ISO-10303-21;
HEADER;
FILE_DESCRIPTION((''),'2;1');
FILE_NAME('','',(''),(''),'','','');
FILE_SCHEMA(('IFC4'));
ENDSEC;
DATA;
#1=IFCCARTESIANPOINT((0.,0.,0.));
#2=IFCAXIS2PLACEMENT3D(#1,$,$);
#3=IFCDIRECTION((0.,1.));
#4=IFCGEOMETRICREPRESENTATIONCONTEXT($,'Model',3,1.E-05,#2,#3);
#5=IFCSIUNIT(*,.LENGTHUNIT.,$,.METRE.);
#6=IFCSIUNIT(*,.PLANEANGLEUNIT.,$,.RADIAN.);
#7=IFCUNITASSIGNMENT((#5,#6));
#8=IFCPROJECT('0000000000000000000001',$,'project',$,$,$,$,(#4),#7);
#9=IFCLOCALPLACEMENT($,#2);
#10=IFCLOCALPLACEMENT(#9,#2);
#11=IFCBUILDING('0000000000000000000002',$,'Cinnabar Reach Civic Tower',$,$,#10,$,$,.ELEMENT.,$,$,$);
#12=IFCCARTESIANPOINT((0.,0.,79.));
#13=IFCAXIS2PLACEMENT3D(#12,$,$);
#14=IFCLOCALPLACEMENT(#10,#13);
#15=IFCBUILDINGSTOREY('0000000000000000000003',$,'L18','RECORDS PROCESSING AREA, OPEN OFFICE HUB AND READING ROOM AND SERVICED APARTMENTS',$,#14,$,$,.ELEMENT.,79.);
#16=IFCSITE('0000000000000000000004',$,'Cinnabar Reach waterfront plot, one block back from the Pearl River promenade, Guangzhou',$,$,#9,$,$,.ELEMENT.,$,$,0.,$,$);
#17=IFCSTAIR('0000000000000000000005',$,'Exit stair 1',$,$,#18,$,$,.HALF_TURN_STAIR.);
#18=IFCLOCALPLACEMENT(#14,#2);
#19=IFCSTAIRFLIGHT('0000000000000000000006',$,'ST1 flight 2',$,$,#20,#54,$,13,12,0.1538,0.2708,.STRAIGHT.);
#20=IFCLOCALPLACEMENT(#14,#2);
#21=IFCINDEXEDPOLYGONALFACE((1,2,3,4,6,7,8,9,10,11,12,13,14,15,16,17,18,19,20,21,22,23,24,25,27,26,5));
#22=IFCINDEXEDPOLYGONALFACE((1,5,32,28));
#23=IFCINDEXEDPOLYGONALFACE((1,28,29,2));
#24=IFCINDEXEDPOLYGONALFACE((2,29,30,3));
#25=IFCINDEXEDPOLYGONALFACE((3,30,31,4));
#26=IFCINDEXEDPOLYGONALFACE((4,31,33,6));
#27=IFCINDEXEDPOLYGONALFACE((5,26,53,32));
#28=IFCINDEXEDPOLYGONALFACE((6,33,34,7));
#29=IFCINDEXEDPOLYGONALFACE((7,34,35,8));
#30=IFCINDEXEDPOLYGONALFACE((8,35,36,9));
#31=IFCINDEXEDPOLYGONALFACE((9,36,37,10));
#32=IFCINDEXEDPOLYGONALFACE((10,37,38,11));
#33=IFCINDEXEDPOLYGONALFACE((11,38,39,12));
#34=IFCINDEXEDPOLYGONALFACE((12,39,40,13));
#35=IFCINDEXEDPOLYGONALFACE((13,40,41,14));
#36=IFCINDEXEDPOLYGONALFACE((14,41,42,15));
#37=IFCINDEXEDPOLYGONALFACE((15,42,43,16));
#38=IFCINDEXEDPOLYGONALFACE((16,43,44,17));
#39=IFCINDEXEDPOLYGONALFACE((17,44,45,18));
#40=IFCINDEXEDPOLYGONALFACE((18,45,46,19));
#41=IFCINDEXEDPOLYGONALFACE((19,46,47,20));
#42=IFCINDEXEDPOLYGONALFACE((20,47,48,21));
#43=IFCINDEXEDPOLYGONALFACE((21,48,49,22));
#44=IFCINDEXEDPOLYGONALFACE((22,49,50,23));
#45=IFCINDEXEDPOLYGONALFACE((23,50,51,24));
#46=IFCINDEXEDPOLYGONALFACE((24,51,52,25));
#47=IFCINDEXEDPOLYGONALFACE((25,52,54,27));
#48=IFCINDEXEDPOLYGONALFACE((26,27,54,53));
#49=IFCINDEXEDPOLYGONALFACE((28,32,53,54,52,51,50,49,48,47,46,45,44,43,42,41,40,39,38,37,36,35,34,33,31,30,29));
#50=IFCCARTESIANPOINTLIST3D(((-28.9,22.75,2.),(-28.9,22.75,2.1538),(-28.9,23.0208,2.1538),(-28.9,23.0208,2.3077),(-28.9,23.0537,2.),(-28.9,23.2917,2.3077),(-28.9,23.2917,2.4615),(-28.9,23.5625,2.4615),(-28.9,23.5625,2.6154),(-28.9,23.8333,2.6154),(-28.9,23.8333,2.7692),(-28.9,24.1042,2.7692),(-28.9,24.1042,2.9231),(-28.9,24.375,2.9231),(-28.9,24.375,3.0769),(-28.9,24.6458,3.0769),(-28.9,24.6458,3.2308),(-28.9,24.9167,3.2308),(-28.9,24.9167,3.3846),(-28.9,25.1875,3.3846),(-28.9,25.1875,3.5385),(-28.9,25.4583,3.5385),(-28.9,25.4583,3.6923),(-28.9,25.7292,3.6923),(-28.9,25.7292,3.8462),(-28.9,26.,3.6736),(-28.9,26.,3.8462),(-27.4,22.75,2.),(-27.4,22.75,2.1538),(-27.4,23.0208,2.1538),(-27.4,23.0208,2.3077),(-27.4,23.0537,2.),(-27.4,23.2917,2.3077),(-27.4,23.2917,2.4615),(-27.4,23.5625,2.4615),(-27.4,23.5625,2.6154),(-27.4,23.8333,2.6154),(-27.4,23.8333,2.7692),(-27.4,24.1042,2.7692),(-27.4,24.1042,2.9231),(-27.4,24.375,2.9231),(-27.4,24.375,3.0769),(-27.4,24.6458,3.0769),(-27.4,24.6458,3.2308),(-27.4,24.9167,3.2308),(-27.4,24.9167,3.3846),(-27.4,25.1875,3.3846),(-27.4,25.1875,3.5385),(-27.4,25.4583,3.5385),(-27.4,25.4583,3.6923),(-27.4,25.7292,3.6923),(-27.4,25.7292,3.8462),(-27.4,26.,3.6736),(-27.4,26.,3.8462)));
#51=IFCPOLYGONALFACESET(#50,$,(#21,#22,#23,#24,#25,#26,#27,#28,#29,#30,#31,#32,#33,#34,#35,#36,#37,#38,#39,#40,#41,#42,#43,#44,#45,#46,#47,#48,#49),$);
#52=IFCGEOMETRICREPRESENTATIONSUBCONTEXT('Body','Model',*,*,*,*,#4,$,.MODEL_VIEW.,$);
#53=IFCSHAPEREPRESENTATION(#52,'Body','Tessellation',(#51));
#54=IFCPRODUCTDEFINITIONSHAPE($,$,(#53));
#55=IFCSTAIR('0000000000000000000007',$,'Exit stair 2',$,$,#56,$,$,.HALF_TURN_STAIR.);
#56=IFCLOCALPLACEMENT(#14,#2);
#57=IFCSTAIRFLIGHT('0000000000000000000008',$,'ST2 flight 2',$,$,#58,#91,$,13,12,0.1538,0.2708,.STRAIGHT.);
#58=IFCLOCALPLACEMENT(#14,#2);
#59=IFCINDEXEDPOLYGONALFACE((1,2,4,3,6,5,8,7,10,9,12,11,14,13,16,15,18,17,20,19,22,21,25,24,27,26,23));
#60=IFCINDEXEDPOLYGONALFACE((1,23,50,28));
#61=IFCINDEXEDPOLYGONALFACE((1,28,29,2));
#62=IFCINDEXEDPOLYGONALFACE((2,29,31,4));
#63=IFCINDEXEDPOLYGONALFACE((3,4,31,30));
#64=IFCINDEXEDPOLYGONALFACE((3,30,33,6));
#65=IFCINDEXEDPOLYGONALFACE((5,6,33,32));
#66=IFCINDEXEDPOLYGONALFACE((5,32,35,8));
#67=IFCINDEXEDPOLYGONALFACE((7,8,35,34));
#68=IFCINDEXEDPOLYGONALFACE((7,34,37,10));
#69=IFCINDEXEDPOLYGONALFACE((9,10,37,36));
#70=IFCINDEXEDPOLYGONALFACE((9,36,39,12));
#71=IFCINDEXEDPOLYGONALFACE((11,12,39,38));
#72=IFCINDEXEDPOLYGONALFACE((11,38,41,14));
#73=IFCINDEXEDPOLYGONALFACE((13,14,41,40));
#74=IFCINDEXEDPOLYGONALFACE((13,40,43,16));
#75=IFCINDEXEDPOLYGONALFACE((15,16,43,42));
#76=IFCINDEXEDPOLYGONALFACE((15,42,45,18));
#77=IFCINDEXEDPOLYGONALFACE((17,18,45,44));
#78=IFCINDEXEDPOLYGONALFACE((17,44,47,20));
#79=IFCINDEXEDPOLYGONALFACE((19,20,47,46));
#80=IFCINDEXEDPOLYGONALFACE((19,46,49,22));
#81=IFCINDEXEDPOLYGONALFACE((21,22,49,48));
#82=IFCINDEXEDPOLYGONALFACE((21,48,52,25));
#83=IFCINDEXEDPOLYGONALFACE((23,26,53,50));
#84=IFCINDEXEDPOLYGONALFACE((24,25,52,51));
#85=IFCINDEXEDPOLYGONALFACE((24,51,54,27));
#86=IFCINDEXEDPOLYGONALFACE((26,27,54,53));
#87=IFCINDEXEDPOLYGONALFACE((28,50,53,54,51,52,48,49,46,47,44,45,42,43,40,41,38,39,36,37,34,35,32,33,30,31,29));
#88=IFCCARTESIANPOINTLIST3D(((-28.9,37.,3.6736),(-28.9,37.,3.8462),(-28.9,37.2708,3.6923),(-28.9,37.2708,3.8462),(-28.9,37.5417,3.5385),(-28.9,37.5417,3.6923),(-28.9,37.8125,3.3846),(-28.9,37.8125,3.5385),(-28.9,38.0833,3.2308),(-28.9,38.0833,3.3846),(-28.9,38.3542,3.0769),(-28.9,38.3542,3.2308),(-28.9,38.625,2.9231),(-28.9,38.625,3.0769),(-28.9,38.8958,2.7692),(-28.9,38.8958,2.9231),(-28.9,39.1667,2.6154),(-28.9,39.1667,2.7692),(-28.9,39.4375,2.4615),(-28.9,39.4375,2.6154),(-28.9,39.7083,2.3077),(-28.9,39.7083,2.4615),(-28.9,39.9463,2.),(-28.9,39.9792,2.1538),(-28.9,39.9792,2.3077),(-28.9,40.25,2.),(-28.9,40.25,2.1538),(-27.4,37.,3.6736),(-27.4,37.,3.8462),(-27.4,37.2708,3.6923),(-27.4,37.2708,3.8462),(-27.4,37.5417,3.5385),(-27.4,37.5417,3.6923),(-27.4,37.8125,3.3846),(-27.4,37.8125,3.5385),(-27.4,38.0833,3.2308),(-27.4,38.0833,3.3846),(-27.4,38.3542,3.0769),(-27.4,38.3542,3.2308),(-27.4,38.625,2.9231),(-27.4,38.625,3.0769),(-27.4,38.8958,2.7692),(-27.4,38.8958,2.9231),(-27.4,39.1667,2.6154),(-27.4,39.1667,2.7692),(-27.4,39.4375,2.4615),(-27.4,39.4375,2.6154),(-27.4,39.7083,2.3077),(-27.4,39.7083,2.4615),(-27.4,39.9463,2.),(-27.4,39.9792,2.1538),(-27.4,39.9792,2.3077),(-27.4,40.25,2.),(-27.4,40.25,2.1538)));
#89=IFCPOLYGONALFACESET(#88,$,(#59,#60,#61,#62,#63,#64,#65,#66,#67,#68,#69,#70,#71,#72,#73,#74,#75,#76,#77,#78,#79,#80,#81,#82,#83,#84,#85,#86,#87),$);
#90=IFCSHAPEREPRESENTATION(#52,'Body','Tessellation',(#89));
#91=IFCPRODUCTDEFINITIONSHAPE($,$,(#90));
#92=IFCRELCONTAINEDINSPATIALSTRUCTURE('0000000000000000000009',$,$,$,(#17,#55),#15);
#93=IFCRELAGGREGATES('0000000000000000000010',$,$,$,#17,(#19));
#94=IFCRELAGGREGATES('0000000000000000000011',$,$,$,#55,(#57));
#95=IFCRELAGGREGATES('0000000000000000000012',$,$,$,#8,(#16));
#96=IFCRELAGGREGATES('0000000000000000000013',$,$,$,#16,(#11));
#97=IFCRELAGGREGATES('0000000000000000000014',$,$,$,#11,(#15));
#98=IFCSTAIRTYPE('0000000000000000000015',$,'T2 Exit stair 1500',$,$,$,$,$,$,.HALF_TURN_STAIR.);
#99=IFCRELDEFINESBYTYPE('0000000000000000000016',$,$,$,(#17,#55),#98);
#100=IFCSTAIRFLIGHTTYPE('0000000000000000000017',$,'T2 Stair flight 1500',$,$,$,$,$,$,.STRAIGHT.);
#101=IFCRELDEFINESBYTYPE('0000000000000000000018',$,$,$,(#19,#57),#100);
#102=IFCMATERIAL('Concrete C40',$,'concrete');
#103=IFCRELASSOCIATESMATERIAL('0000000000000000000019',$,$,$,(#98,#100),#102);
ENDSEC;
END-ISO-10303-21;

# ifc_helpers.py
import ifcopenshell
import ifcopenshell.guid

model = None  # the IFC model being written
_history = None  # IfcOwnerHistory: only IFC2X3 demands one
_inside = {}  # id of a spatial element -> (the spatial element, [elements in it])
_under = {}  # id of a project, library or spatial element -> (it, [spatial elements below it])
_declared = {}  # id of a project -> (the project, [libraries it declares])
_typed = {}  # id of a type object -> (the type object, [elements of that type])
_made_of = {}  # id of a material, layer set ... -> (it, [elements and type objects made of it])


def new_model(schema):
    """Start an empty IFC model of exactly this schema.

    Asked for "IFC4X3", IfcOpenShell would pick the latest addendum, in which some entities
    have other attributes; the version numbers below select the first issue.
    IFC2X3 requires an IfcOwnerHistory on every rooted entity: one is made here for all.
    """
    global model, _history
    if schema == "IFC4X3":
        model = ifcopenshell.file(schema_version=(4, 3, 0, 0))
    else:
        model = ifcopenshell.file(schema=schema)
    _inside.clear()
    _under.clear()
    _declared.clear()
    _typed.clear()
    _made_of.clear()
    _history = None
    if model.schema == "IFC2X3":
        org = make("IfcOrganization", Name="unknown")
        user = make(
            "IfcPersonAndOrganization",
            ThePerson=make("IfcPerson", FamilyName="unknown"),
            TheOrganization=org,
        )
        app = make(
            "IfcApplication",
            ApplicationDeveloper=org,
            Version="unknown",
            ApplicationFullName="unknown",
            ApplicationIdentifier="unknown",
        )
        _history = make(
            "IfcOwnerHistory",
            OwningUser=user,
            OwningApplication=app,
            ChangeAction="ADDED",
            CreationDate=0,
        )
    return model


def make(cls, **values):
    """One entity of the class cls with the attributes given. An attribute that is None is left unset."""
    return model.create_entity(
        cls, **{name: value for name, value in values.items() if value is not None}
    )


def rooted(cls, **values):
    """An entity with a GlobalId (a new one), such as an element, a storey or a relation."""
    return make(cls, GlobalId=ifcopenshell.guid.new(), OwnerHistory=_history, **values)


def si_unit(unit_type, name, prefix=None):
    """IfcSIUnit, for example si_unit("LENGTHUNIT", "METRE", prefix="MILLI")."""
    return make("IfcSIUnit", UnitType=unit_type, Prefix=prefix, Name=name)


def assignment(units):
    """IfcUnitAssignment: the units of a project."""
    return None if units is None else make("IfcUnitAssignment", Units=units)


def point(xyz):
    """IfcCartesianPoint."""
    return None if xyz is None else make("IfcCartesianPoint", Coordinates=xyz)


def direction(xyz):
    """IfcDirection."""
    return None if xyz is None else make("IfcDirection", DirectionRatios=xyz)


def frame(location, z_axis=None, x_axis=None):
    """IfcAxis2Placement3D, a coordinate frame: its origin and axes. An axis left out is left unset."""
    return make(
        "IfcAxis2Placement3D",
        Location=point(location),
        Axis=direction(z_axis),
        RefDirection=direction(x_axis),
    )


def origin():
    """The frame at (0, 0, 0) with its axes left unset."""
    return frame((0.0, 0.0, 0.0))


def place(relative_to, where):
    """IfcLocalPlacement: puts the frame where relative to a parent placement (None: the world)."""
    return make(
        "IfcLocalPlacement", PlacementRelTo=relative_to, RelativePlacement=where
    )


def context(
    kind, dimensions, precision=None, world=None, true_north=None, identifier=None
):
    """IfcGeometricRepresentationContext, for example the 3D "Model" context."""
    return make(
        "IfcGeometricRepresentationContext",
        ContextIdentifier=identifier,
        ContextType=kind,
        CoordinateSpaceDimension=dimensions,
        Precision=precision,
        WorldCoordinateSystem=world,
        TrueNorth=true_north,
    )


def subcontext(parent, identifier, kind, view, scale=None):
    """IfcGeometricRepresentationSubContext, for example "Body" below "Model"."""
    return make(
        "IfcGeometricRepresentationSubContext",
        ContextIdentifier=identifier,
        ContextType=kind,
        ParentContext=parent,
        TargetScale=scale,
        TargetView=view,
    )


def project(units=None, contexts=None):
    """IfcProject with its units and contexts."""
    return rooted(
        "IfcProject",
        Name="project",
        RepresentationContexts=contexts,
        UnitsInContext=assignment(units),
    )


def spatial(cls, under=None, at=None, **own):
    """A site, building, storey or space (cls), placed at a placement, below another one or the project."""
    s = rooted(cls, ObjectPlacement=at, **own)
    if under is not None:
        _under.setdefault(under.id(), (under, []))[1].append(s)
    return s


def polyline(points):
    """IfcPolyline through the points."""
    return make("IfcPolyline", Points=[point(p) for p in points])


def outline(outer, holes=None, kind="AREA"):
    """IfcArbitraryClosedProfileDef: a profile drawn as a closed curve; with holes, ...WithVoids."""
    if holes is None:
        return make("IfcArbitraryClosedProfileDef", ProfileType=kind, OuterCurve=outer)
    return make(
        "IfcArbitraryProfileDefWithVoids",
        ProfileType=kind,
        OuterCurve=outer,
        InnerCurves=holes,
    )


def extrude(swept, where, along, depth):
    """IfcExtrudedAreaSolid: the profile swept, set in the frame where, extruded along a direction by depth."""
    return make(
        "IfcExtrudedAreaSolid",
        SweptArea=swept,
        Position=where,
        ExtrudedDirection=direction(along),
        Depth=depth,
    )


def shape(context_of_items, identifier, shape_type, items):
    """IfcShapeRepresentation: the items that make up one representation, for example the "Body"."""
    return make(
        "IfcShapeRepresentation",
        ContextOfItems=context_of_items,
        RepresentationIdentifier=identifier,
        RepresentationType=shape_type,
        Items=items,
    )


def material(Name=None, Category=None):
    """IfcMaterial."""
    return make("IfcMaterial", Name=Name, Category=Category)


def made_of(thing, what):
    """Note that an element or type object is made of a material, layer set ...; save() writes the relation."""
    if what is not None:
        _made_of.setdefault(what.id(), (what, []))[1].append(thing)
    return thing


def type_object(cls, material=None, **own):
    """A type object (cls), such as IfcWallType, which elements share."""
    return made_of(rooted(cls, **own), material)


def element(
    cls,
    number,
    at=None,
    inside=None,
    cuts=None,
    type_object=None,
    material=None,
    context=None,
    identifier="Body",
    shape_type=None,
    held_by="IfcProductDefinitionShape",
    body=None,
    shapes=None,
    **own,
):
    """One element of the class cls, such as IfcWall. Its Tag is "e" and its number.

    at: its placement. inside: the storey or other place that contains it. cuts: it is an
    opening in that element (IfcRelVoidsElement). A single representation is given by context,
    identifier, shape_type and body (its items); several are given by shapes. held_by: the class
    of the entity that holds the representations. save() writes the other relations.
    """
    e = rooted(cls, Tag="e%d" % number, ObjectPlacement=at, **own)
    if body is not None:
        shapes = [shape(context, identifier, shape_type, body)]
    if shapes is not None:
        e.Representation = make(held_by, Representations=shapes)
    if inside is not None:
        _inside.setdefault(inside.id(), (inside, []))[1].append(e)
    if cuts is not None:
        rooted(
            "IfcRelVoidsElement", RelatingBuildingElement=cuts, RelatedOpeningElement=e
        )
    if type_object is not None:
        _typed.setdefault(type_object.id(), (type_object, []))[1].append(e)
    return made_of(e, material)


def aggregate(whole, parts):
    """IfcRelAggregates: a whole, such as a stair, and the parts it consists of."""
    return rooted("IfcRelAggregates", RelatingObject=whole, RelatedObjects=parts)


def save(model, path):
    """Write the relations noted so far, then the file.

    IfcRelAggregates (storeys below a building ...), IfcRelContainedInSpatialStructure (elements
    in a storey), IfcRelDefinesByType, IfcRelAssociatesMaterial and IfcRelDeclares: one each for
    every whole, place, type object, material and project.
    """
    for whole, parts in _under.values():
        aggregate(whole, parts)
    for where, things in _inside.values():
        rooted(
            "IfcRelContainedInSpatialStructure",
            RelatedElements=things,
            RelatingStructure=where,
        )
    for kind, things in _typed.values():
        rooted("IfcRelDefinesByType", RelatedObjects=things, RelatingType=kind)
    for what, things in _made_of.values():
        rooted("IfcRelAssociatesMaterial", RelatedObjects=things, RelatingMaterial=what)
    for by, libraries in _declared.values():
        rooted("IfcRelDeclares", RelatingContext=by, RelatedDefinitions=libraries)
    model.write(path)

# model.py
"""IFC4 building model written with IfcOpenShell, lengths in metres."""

from ifc_helpers import new_model, si_unit, direction, frame, origin, place, context, subcontext, project, spatial, polyline, outline, extrude, material, type_object, element, aggregate, save


model = new_model("IFC4")

# Units and contexts
model_context = context("Model", 3, precision=1e-05, world=origin(), true_north=direction((0.0, 1.0)))
body_context = subcontext(model_context, "Body", "Model", "MODEL_VIEW")
ifc_project = project(units=[si_unit("LENGTHUNIT", "METRE"), si_unit("PLANEANGLEUNIT", "RADIAN")], contexts=[model_context])

# Site, building, storey
site_placement = place(None, origin())
site = spatial("IfcSite", under=ifc_project, at=site_placement, Name="Cinnabar Reach waterfront plot, one block back from the Pearl River promenade, Guangzhou", CompositionType="ELEMENT", RefElevation=0.0)
building_placement = place(site_placement, origin())
building = spatial("IfcBuilding", under=site, at=building_placement, Name="Cinnabar Reach Civic Tower", CompositionType="ELEMENT")
storey_placement = place(building_placement, frame((0.0, 0.0, 79.0)))
storey = spatial("IfcBuildingStorey", under=building, at=storey_placement, Name="L18", Description="RECORDS PROCESSING AREA, OPEN OFFICE HUB AND READING ROOM AND SERVICED APARTMENTS", CompositionType="ELEMENT", Elevation=79.0)

# Shared definitions
ifc_material_1 = material(Name="Concrete C40", Category="concrete")

# Stairs, stair flights
stair_type_1 = type_object("IfcStairType", Name="T2 Exit stair 1500", PredefinedType="HALF_TURN_STAIR", material=ifc_material_1)
stair_1_placement = place(storey_placement, origin())
stair_1 = element("IfcStair", 1, at=stair_1_placement, inside=storey, type_object=stair_type_1, Name="Exit stair 1", PredefinedType="HALF_TURN_STAIR")
stair_flight_type = type_object("IfcStairFlightType", Name="T2 Stair flight 1500", PredefinedType="STRAIGHT", material=ifc_material_1)
stair_flight_1_placement = place(storey_placement, frame((-28.15, 22.75, 2.0), z_axis=(0.0, 0.0, 1.0), x_axis=(0.0, 1.0, 0.0)))
stair_flight_1 = element("IfcStairFlight", 2, at=stair_flight_1_placement, type_object=stair_flight_type, Name="ST1 flight 2", NumberOfRisers=13, NumberOfTreads=12, PredefinedType="STRAIGHT", RiserHeight=0.1538, TreadLength=0.2708, context=body_context, shape_type="SweptSolid", body=[
    extrude(outline(polyline([(0.0, 0.0), (0.0, 0.1538), (0.2708, 0.1538), (0.2708, 0.3077), (0.5417, 0.3077), (0.5417, 0.4615), (0.8125, 0.4615), (0.8125, 0.6154), (1.0833, 0.6154), (1.0833, 0.7692), (1.3542, 0.7692), (1.3542, 0.9231), (1.625, 0.9231), (1.625, 1.0769), (1.8958, 1.0769), (1.8958, 1.2308), (2.1667, 1.2308), (2.1667, 1.3846), (2.4375, 1.3846), (2.4375, 1.5385), (2.7083, 1.5385), (2.7083, 1.6923), (2.9792, 1.6923), (2.9792, 1.8462), (3.25, 1.8462), (3.25, 2.0), (3.25, 1.6736), (0.3037, 0.0), (0.0, 0.0)])), frame((0.0, 0.75, 0.0), z_axis=(0.0, -1.0, 0.0), x_axis=(1.0, 0.0, 0.0)), (0.0, 0.0, 1.0), 1.5),
])
aggregate(stair_1, [stair_flight_1])
stair_2_placement = place(storey_placement, origin())
stair_2 = element("IfcStair", 3, at=stair_2_placement, inside=storey, type_object=stair_type_1, Name="Exit stair 2", PredefinedType="HALF_TURN_STAIR")
stair_flight_2_placement = place(storey_placement, frame((-28.15, 40.25, 2.0), z_axis=(0.0, 0.0, 1.0), x_axis=(0.0, -1.0, 0.0)))
stair_flight_2 = element("IfcStairFlight", 4, at=stair_flight_2_placement, type_object=stair_flight_type, Name="ST2 flight 2", NumberOfRisers=13, NumberOfTreads=12, PredefinedType="STRAIGHT", RiserHeight=0.1538, TreadLength=0.2708, context=body_context, shape_type="SweptSolid", body=[
    extrude(outline(polyline([(0.0, 0.0), (0.0, 0.1538), (0.2708, 0.1538), (0.2708, 0.3077), (0.5417, 0.3077), (0.5417, 0.4615), (0.8125, 0.4615), (0.8125, 0.6154), (1.0833, 0.6154), (1.0833, 0.7692), (1.3542, 0.7692), (1.3542, 0.9231), (1.625, 0.9231), (1.625, 1.0769), (1.8958, 1.0769), (1.8958, 1.2308), (2.1667, 1.2308), (2.1667, 1.3846), (2.4375, 1.3846), (2.4375, 1.5385), (2.7083, 1.5385), (2.7083, 1.6923), (2.9792, 1.6923), (2.9792, 1.8462), (3.25, 1.8462), (3.25, 2.0), (3.25, 1.6736), (0.3037, 0.0), (0.0, 0.0)])), frame((0.0, 0.75, 0.0), z_axis=(0.0, -1.0, 0.0), x_axis=(1.0, 0.0, 0.0)), (0.0, 0.0, 1.0), 1.5),
])
aggregate(stair_2, [stair_flight_2])

save(model, "model.ifc")
